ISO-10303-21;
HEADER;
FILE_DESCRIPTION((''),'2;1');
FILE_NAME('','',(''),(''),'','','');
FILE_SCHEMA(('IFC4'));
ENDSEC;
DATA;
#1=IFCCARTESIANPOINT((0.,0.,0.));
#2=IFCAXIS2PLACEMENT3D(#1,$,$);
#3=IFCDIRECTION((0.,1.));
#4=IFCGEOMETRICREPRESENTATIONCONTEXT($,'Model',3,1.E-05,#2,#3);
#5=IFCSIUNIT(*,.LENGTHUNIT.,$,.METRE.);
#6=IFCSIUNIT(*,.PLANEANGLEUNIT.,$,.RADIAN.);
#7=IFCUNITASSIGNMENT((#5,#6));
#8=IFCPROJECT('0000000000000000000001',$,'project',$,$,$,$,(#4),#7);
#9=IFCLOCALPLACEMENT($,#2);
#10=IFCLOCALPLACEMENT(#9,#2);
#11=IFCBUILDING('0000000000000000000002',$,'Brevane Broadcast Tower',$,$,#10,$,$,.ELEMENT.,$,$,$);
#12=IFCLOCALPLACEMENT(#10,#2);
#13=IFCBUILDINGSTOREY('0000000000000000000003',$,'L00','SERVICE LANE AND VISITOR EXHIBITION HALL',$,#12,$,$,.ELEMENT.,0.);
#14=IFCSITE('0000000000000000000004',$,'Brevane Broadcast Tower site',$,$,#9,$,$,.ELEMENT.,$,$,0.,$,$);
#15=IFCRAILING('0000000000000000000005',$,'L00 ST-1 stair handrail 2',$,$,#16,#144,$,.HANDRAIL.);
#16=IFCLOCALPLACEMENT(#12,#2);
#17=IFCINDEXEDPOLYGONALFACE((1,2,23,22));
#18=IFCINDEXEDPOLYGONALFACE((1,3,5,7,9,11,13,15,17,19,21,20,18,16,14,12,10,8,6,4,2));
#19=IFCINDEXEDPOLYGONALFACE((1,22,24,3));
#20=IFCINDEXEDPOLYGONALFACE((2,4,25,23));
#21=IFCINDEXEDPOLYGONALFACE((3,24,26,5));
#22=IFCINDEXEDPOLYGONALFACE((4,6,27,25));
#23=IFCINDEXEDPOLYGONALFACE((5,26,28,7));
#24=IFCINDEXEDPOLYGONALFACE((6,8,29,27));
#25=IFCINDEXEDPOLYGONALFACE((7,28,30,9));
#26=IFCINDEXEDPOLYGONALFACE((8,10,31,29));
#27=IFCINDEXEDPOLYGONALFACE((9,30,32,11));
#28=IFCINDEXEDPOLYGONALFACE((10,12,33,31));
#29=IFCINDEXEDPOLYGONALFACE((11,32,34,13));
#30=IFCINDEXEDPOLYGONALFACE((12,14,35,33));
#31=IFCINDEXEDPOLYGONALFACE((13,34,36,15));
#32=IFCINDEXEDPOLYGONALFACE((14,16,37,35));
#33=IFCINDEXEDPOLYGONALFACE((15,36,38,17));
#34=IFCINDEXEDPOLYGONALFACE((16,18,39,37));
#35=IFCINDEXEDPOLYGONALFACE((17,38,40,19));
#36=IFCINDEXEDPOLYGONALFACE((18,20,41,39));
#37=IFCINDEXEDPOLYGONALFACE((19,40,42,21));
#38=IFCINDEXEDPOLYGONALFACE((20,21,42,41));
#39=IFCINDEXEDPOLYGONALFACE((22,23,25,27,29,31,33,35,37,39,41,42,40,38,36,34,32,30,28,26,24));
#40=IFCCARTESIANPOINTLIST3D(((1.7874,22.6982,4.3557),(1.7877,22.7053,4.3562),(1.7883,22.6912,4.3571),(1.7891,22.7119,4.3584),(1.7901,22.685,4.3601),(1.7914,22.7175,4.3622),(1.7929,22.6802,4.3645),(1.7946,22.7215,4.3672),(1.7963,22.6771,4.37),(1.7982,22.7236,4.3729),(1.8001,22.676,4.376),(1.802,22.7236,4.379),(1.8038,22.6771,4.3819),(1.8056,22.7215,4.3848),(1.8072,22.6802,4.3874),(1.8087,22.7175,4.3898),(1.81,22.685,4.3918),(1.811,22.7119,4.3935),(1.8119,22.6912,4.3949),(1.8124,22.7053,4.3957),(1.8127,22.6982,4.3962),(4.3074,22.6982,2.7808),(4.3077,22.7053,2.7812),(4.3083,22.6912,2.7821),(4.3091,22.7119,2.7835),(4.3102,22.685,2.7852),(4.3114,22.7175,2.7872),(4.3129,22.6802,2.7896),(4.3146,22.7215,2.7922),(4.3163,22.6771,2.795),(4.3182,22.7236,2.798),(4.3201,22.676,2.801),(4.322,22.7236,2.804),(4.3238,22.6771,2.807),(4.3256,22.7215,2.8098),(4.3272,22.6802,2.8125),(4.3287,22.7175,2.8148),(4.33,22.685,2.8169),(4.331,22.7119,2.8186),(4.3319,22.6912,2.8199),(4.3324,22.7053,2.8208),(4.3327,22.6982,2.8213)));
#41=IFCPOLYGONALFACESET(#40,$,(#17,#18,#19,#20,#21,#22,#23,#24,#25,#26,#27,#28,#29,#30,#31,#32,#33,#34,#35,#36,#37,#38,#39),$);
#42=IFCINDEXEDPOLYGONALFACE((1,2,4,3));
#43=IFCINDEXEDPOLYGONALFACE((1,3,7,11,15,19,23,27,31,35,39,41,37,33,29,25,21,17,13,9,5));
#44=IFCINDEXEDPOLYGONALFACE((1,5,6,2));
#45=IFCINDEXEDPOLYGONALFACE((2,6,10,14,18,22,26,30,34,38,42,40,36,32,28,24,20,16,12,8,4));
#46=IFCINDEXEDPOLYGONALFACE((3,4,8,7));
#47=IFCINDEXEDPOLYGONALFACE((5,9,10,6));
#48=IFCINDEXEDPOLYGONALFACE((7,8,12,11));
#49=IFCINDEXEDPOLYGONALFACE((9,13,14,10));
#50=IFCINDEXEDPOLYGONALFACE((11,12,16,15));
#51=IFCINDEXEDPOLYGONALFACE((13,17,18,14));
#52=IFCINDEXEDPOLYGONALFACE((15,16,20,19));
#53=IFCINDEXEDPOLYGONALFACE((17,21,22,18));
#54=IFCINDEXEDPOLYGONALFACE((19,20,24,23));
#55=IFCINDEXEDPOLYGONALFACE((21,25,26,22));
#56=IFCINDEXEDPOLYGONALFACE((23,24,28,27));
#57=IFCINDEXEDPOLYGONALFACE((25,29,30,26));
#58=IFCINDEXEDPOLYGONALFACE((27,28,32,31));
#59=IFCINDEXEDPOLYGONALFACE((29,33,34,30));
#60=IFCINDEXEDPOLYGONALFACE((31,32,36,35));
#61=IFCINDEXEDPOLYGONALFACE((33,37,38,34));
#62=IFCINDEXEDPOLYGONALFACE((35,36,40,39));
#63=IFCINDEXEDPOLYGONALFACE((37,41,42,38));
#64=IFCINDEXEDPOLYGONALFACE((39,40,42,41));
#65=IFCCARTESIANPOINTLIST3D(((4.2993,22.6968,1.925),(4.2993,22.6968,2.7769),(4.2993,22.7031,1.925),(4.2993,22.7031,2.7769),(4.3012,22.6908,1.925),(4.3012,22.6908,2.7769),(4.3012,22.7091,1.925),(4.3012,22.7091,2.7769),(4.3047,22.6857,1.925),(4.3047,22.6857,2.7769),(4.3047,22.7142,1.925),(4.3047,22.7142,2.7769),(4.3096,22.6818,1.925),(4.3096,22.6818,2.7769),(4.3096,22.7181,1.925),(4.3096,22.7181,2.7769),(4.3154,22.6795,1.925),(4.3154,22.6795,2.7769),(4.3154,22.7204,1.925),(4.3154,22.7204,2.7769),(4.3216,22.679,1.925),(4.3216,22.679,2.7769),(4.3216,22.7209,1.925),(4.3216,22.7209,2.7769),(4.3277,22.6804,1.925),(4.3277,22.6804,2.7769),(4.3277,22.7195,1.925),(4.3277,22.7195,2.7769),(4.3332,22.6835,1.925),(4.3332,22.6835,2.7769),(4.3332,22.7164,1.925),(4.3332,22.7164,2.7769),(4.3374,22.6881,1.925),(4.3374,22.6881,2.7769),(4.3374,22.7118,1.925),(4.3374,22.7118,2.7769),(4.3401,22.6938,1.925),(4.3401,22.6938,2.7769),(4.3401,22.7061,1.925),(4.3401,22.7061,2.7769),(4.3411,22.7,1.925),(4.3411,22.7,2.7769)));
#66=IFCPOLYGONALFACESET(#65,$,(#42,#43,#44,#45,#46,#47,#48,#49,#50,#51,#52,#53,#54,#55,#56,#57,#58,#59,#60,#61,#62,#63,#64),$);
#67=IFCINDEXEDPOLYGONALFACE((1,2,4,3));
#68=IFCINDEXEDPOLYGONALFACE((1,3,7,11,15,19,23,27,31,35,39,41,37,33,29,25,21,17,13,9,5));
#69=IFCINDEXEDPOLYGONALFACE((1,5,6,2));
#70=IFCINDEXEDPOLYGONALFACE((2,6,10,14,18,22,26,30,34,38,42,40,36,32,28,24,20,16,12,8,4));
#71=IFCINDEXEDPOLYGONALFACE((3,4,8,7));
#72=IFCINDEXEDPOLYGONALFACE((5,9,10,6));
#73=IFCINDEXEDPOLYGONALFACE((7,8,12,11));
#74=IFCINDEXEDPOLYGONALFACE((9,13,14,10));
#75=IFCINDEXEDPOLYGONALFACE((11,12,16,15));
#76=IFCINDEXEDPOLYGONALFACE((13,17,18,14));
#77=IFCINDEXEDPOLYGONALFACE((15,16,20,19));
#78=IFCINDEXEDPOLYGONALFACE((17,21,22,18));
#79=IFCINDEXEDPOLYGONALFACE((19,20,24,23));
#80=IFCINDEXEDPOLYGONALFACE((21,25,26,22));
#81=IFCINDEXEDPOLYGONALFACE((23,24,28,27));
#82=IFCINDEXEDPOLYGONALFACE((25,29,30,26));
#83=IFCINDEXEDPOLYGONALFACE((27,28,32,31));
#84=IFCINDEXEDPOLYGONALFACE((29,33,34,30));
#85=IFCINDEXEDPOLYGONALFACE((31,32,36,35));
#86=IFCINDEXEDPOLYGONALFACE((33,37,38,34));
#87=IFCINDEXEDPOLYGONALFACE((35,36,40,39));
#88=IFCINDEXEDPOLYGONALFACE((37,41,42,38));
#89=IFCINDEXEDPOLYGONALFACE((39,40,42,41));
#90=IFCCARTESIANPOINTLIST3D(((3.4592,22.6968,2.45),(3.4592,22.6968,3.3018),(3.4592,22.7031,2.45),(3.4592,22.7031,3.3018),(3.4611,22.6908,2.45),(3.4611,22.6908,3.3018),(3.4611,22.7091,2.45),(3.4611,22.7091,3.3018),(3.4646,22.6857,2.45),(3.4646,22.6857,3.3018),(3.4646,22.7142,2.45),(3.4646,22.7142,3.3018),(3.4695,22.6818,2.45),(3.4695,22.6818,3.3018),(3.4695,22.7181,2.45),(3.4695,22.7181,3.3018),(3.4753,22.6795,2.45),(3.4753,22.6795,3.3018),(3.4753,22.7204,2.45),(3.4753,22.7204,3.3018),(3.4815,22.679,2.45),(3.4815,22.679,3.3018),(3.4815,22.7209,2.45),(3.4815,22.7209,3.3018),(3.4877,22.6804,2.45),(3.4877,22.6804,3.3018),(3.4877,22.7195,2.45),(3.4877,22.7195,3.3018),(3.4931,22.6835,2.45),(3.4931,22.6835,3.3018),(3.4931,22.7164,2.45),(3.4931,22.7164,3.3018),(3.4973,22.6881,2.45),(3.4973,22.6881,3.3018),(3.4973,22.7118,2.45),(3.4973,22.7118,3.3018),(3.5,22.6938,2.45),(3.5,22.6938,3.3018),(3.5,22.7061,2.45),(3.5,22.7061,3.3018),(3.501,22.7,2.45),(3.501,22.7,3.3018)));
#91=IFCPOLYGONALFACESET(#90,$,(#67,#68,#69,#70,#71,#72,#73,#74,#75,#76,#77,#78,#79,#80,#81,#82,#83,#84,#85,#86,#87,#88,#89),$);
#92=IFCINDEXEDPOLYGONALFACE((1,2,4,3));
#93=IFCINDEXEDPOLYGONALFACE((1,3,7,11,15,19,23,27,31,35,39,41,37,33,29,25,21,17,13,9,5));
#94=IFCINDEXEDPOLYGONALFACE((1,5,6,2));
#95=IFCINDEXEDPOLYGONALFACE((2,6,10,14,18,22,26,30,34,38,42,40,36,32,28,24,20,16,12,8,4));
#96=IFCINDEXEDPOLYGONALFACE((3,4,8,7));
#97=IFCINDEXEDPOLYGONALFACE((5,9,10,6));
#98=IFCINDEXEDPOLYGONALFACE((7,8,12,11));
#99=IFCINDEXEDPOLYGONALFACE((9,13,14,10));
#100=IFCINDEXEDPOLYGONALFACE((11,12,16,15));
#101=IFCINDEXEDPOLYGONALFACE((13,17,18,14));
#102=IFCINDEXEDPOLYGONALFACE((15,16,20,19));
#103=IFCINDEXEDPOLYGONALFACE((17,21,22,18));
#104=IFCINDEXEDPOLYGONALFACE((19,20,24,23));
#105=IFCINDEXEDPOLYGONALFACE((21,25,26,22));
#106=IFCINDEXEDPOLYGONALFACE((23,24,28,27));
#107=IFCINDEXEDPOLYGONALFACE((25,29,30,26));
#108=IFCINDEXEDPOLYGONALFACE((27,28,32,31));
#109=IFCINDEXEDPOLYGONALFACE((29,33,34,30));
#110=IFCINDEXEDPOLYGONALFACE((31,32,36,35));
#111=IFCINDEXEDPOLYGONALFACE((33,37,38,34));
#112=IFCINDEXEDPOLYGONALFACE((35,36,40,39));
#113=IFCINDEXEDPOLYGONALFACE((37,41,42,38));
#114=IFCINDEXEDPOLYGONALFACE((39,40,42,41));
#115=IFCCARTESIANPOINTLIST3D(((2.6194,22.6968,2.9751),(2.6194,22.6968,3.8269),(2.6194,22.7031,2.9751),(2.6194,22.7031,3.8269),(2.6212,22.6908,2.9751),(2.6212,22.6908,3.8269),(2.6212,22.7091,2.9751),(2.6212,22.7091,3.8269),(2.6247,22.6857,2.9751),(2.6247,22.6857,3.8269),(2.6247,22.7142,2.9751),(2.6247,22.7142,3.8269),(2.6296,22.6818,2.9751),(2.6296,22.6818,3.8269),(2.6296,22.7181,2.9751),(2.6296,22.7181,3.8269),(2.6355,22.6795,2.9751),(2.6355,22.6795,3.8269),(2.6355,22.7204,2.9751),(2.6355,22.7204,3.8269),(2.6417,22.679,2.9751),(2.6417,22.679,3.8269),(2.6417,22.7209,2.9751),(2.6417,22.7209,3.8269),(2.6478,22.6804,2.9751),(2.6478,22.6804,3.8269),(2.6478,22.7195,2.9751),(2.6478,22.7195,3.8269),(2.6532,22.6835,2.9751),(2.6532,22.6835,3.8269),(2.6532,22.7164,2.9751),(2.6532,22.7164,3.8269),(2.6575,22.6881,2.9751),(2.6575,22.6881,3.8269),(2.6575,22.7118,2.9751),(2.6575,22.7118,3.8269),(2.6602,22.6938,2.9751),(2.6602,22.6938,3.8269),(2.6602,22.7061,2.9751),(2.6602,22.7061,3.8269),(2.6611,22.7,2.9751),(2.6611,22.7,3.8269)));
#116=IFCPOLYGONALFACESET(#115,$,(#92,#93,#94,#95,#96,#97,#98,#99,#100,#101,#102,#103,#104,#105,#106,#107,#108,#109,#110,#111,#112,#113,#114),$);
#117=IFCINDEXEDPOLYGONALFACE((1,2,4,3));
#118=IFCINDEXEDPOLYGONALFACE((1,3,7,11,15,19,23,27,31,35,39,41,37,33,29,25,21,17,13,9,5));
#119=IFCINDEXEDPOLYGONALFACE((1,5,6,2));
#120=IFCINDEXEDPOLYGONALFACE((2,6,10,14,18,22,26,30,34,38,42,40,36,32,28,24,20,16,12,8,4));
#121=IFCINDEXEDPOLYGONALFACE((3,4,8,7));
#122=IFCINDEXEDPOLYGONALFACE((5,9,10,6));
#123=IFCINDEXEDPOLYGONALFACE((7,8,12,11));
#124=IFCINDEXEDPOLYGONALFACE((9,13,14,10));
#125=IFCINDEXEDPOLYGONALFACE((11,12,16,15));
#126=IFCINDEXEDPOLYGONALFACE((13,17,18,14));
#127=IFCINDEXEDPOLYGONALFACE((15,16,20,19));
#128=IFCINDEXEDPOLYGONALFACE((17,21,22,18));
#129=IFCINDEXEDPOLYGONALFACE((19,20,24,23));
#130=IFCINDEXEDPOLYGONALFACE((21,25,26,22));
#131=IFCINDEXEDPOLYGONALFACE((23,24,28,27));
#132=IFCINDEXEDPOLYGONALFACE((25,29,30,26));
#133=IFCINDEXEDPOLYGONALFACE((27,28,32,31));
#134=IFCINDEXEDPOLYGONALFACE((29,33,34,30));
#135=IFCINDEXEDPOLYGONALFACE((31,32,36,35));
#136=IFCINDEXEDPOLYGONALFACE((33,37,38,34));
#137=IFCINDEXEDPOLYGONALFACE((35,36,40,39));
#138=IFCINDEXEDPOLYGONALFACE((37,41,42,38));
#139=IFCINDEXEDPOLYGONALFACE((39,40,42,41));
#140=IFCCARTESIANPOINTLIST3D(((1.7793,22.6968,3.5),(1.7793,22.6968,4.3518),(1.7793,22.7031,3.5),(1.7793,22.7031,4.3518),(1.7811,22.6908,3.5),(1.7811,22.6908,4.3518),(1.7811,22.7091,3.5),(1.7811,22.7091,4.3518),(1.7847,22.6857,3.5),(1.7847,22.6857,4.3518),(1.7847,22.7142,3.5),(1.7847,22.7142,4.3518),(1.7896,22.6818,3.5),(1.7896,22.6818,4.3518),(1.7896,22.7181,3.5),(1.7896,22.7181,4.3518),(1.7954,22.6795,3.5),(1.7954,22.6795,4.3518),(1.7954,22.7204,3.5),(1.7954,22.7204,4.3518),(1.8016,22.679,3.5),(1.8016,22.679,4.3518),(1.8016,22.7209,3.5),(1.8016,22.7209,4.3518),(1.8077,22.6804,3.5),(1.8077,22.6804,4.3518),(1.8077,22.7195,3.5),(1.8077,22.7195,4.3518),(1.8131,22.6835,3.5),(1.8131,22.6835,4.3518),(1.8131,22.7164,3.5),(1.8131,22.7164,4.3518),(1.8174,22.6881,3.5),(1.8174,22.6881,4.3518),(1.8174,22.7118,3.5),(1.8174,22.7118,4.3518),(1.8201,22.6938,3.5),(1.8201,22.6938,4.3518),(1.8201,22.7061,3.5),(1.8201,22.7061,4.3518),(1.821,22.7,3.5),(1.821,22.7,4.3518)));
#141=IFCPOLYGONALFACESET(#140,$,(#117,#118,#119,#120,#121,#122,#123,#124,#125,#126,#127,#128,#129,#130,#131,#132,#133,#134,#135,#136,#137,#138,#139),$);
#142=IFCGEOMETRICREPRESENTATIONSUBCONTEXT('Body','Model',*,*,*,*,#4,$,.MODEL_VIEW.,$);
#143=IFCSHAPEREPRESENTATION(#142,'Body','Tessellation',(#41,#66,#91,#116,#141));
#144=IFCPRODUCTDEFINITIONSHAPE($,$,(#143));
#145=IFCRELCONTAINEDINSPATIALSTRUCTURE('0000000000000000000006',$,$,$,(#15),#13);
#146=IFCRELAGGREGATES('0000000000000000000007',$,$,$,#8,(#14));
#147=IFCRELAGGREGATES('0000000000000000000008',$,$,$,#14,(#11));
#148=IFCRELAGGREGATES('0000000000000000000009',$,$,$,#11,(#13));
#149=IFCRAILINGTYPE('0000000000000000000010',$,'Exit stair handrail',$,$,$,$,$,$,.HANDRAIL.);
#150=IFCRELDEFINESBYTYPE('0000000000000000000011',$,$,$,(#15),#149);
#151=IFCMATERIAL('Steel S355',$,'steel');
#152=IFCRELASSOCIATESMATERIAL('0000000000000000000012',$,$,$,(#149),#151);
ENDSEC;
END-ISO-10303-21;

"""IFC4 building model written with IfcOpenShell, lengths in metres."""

from ifc_helpers import new_model, si_unit, direction, frame, origin, origin_2d, place, context, subcontext, project, spatial, circle, extrude, material, type_object, element, save


model = new_model("IFC4")

# Units and contexts
model_context = context("Model", 3, precision=1e-05, world=origin(), true_north=direction((0.0, 1.0)))
body_context = subcontext(model_context, "Body", "Model", "MODEL_VIEW")
ifc_project = project(units=[si_unit("LENGTHUNIT", "METRE"), si_unit("PLANEANGLEUNIT", "RADIAN")], contexts=[model_context])

# Site, building, storey
site_placement = place(None, origin())
site = spatial("IfcSite", under=ifc_project, at=site_placement, Name="Brevane Broadcast Tower site", CompositionType="ELEMENT", RefElevation=0.0)
building_placement = place(site_placement, origin())
building = spatial("IfcBuilding", under=site, at=building_placement, Name="Brevane Broadcast Tower", CompositionType="ELEMENT")
storey_placement = place(building_placement, origin())
storey = spatial("IfcBuildingStorey", under=building, at=storey_placement, Name="L00", Description="SERVICE LANE AND VISITOR EXHIBITION HALL", CompositionType="ELEMENT", Elevation=0.0)

# Railing
ifc_material_1 = material(Name="Steel S355", Category="steel")
railing_type_1 = type_object("IfcRailingType", Name="Exit stair handrail", PredefinedType="HANDRAIL", material=ifc_material_1)
for number, where, name in (
    (1, (4.3201, 22.7, 1.925), "L00 ST-1 stair handrail 2"),
):
    element("IfcRailing", number, at=place(storey_placement, frame(where)), inside=storey, type_object=railing_type_1, Name=name, PredefinedType="HANDRAIL", context=body_context, shape_type="SweptSolid", body=[
        extrude(circle(Radius=0.0239, at=origin_2d()), frame((0.0, 0.0, 0.876), z_axis=(-0.848008, 0.0, 0.529984), x_axis=(0.0, -1.0, 0.0)), (0.0, 0.0, 1.0), 2.9717),
        extrude(circle(Radius=0.021, at=origin_2d()), origin(), (0.0, 0.0, 1.0), 0.8518),
        extrude(circle(Radius=0.021, at=origin_2d()), frame((-0.8401, 0.0, 0.5249)), (0.0, 0.0, 1.0), 0.8518),
        extrude(circle(Radius=0.021, at=origin_2d()), frame((-1.6799, 0.0, 1.05)), (0.0, 0.0, 1.0), 0.8518),
        extrude(circle(Radius=0.021, at=origin_2d()), frame((-2.52, 0.0, 1.575)), (0.0, 0.0, 1.0), 0.8518),
    ])

save(model, "model.ifc")
